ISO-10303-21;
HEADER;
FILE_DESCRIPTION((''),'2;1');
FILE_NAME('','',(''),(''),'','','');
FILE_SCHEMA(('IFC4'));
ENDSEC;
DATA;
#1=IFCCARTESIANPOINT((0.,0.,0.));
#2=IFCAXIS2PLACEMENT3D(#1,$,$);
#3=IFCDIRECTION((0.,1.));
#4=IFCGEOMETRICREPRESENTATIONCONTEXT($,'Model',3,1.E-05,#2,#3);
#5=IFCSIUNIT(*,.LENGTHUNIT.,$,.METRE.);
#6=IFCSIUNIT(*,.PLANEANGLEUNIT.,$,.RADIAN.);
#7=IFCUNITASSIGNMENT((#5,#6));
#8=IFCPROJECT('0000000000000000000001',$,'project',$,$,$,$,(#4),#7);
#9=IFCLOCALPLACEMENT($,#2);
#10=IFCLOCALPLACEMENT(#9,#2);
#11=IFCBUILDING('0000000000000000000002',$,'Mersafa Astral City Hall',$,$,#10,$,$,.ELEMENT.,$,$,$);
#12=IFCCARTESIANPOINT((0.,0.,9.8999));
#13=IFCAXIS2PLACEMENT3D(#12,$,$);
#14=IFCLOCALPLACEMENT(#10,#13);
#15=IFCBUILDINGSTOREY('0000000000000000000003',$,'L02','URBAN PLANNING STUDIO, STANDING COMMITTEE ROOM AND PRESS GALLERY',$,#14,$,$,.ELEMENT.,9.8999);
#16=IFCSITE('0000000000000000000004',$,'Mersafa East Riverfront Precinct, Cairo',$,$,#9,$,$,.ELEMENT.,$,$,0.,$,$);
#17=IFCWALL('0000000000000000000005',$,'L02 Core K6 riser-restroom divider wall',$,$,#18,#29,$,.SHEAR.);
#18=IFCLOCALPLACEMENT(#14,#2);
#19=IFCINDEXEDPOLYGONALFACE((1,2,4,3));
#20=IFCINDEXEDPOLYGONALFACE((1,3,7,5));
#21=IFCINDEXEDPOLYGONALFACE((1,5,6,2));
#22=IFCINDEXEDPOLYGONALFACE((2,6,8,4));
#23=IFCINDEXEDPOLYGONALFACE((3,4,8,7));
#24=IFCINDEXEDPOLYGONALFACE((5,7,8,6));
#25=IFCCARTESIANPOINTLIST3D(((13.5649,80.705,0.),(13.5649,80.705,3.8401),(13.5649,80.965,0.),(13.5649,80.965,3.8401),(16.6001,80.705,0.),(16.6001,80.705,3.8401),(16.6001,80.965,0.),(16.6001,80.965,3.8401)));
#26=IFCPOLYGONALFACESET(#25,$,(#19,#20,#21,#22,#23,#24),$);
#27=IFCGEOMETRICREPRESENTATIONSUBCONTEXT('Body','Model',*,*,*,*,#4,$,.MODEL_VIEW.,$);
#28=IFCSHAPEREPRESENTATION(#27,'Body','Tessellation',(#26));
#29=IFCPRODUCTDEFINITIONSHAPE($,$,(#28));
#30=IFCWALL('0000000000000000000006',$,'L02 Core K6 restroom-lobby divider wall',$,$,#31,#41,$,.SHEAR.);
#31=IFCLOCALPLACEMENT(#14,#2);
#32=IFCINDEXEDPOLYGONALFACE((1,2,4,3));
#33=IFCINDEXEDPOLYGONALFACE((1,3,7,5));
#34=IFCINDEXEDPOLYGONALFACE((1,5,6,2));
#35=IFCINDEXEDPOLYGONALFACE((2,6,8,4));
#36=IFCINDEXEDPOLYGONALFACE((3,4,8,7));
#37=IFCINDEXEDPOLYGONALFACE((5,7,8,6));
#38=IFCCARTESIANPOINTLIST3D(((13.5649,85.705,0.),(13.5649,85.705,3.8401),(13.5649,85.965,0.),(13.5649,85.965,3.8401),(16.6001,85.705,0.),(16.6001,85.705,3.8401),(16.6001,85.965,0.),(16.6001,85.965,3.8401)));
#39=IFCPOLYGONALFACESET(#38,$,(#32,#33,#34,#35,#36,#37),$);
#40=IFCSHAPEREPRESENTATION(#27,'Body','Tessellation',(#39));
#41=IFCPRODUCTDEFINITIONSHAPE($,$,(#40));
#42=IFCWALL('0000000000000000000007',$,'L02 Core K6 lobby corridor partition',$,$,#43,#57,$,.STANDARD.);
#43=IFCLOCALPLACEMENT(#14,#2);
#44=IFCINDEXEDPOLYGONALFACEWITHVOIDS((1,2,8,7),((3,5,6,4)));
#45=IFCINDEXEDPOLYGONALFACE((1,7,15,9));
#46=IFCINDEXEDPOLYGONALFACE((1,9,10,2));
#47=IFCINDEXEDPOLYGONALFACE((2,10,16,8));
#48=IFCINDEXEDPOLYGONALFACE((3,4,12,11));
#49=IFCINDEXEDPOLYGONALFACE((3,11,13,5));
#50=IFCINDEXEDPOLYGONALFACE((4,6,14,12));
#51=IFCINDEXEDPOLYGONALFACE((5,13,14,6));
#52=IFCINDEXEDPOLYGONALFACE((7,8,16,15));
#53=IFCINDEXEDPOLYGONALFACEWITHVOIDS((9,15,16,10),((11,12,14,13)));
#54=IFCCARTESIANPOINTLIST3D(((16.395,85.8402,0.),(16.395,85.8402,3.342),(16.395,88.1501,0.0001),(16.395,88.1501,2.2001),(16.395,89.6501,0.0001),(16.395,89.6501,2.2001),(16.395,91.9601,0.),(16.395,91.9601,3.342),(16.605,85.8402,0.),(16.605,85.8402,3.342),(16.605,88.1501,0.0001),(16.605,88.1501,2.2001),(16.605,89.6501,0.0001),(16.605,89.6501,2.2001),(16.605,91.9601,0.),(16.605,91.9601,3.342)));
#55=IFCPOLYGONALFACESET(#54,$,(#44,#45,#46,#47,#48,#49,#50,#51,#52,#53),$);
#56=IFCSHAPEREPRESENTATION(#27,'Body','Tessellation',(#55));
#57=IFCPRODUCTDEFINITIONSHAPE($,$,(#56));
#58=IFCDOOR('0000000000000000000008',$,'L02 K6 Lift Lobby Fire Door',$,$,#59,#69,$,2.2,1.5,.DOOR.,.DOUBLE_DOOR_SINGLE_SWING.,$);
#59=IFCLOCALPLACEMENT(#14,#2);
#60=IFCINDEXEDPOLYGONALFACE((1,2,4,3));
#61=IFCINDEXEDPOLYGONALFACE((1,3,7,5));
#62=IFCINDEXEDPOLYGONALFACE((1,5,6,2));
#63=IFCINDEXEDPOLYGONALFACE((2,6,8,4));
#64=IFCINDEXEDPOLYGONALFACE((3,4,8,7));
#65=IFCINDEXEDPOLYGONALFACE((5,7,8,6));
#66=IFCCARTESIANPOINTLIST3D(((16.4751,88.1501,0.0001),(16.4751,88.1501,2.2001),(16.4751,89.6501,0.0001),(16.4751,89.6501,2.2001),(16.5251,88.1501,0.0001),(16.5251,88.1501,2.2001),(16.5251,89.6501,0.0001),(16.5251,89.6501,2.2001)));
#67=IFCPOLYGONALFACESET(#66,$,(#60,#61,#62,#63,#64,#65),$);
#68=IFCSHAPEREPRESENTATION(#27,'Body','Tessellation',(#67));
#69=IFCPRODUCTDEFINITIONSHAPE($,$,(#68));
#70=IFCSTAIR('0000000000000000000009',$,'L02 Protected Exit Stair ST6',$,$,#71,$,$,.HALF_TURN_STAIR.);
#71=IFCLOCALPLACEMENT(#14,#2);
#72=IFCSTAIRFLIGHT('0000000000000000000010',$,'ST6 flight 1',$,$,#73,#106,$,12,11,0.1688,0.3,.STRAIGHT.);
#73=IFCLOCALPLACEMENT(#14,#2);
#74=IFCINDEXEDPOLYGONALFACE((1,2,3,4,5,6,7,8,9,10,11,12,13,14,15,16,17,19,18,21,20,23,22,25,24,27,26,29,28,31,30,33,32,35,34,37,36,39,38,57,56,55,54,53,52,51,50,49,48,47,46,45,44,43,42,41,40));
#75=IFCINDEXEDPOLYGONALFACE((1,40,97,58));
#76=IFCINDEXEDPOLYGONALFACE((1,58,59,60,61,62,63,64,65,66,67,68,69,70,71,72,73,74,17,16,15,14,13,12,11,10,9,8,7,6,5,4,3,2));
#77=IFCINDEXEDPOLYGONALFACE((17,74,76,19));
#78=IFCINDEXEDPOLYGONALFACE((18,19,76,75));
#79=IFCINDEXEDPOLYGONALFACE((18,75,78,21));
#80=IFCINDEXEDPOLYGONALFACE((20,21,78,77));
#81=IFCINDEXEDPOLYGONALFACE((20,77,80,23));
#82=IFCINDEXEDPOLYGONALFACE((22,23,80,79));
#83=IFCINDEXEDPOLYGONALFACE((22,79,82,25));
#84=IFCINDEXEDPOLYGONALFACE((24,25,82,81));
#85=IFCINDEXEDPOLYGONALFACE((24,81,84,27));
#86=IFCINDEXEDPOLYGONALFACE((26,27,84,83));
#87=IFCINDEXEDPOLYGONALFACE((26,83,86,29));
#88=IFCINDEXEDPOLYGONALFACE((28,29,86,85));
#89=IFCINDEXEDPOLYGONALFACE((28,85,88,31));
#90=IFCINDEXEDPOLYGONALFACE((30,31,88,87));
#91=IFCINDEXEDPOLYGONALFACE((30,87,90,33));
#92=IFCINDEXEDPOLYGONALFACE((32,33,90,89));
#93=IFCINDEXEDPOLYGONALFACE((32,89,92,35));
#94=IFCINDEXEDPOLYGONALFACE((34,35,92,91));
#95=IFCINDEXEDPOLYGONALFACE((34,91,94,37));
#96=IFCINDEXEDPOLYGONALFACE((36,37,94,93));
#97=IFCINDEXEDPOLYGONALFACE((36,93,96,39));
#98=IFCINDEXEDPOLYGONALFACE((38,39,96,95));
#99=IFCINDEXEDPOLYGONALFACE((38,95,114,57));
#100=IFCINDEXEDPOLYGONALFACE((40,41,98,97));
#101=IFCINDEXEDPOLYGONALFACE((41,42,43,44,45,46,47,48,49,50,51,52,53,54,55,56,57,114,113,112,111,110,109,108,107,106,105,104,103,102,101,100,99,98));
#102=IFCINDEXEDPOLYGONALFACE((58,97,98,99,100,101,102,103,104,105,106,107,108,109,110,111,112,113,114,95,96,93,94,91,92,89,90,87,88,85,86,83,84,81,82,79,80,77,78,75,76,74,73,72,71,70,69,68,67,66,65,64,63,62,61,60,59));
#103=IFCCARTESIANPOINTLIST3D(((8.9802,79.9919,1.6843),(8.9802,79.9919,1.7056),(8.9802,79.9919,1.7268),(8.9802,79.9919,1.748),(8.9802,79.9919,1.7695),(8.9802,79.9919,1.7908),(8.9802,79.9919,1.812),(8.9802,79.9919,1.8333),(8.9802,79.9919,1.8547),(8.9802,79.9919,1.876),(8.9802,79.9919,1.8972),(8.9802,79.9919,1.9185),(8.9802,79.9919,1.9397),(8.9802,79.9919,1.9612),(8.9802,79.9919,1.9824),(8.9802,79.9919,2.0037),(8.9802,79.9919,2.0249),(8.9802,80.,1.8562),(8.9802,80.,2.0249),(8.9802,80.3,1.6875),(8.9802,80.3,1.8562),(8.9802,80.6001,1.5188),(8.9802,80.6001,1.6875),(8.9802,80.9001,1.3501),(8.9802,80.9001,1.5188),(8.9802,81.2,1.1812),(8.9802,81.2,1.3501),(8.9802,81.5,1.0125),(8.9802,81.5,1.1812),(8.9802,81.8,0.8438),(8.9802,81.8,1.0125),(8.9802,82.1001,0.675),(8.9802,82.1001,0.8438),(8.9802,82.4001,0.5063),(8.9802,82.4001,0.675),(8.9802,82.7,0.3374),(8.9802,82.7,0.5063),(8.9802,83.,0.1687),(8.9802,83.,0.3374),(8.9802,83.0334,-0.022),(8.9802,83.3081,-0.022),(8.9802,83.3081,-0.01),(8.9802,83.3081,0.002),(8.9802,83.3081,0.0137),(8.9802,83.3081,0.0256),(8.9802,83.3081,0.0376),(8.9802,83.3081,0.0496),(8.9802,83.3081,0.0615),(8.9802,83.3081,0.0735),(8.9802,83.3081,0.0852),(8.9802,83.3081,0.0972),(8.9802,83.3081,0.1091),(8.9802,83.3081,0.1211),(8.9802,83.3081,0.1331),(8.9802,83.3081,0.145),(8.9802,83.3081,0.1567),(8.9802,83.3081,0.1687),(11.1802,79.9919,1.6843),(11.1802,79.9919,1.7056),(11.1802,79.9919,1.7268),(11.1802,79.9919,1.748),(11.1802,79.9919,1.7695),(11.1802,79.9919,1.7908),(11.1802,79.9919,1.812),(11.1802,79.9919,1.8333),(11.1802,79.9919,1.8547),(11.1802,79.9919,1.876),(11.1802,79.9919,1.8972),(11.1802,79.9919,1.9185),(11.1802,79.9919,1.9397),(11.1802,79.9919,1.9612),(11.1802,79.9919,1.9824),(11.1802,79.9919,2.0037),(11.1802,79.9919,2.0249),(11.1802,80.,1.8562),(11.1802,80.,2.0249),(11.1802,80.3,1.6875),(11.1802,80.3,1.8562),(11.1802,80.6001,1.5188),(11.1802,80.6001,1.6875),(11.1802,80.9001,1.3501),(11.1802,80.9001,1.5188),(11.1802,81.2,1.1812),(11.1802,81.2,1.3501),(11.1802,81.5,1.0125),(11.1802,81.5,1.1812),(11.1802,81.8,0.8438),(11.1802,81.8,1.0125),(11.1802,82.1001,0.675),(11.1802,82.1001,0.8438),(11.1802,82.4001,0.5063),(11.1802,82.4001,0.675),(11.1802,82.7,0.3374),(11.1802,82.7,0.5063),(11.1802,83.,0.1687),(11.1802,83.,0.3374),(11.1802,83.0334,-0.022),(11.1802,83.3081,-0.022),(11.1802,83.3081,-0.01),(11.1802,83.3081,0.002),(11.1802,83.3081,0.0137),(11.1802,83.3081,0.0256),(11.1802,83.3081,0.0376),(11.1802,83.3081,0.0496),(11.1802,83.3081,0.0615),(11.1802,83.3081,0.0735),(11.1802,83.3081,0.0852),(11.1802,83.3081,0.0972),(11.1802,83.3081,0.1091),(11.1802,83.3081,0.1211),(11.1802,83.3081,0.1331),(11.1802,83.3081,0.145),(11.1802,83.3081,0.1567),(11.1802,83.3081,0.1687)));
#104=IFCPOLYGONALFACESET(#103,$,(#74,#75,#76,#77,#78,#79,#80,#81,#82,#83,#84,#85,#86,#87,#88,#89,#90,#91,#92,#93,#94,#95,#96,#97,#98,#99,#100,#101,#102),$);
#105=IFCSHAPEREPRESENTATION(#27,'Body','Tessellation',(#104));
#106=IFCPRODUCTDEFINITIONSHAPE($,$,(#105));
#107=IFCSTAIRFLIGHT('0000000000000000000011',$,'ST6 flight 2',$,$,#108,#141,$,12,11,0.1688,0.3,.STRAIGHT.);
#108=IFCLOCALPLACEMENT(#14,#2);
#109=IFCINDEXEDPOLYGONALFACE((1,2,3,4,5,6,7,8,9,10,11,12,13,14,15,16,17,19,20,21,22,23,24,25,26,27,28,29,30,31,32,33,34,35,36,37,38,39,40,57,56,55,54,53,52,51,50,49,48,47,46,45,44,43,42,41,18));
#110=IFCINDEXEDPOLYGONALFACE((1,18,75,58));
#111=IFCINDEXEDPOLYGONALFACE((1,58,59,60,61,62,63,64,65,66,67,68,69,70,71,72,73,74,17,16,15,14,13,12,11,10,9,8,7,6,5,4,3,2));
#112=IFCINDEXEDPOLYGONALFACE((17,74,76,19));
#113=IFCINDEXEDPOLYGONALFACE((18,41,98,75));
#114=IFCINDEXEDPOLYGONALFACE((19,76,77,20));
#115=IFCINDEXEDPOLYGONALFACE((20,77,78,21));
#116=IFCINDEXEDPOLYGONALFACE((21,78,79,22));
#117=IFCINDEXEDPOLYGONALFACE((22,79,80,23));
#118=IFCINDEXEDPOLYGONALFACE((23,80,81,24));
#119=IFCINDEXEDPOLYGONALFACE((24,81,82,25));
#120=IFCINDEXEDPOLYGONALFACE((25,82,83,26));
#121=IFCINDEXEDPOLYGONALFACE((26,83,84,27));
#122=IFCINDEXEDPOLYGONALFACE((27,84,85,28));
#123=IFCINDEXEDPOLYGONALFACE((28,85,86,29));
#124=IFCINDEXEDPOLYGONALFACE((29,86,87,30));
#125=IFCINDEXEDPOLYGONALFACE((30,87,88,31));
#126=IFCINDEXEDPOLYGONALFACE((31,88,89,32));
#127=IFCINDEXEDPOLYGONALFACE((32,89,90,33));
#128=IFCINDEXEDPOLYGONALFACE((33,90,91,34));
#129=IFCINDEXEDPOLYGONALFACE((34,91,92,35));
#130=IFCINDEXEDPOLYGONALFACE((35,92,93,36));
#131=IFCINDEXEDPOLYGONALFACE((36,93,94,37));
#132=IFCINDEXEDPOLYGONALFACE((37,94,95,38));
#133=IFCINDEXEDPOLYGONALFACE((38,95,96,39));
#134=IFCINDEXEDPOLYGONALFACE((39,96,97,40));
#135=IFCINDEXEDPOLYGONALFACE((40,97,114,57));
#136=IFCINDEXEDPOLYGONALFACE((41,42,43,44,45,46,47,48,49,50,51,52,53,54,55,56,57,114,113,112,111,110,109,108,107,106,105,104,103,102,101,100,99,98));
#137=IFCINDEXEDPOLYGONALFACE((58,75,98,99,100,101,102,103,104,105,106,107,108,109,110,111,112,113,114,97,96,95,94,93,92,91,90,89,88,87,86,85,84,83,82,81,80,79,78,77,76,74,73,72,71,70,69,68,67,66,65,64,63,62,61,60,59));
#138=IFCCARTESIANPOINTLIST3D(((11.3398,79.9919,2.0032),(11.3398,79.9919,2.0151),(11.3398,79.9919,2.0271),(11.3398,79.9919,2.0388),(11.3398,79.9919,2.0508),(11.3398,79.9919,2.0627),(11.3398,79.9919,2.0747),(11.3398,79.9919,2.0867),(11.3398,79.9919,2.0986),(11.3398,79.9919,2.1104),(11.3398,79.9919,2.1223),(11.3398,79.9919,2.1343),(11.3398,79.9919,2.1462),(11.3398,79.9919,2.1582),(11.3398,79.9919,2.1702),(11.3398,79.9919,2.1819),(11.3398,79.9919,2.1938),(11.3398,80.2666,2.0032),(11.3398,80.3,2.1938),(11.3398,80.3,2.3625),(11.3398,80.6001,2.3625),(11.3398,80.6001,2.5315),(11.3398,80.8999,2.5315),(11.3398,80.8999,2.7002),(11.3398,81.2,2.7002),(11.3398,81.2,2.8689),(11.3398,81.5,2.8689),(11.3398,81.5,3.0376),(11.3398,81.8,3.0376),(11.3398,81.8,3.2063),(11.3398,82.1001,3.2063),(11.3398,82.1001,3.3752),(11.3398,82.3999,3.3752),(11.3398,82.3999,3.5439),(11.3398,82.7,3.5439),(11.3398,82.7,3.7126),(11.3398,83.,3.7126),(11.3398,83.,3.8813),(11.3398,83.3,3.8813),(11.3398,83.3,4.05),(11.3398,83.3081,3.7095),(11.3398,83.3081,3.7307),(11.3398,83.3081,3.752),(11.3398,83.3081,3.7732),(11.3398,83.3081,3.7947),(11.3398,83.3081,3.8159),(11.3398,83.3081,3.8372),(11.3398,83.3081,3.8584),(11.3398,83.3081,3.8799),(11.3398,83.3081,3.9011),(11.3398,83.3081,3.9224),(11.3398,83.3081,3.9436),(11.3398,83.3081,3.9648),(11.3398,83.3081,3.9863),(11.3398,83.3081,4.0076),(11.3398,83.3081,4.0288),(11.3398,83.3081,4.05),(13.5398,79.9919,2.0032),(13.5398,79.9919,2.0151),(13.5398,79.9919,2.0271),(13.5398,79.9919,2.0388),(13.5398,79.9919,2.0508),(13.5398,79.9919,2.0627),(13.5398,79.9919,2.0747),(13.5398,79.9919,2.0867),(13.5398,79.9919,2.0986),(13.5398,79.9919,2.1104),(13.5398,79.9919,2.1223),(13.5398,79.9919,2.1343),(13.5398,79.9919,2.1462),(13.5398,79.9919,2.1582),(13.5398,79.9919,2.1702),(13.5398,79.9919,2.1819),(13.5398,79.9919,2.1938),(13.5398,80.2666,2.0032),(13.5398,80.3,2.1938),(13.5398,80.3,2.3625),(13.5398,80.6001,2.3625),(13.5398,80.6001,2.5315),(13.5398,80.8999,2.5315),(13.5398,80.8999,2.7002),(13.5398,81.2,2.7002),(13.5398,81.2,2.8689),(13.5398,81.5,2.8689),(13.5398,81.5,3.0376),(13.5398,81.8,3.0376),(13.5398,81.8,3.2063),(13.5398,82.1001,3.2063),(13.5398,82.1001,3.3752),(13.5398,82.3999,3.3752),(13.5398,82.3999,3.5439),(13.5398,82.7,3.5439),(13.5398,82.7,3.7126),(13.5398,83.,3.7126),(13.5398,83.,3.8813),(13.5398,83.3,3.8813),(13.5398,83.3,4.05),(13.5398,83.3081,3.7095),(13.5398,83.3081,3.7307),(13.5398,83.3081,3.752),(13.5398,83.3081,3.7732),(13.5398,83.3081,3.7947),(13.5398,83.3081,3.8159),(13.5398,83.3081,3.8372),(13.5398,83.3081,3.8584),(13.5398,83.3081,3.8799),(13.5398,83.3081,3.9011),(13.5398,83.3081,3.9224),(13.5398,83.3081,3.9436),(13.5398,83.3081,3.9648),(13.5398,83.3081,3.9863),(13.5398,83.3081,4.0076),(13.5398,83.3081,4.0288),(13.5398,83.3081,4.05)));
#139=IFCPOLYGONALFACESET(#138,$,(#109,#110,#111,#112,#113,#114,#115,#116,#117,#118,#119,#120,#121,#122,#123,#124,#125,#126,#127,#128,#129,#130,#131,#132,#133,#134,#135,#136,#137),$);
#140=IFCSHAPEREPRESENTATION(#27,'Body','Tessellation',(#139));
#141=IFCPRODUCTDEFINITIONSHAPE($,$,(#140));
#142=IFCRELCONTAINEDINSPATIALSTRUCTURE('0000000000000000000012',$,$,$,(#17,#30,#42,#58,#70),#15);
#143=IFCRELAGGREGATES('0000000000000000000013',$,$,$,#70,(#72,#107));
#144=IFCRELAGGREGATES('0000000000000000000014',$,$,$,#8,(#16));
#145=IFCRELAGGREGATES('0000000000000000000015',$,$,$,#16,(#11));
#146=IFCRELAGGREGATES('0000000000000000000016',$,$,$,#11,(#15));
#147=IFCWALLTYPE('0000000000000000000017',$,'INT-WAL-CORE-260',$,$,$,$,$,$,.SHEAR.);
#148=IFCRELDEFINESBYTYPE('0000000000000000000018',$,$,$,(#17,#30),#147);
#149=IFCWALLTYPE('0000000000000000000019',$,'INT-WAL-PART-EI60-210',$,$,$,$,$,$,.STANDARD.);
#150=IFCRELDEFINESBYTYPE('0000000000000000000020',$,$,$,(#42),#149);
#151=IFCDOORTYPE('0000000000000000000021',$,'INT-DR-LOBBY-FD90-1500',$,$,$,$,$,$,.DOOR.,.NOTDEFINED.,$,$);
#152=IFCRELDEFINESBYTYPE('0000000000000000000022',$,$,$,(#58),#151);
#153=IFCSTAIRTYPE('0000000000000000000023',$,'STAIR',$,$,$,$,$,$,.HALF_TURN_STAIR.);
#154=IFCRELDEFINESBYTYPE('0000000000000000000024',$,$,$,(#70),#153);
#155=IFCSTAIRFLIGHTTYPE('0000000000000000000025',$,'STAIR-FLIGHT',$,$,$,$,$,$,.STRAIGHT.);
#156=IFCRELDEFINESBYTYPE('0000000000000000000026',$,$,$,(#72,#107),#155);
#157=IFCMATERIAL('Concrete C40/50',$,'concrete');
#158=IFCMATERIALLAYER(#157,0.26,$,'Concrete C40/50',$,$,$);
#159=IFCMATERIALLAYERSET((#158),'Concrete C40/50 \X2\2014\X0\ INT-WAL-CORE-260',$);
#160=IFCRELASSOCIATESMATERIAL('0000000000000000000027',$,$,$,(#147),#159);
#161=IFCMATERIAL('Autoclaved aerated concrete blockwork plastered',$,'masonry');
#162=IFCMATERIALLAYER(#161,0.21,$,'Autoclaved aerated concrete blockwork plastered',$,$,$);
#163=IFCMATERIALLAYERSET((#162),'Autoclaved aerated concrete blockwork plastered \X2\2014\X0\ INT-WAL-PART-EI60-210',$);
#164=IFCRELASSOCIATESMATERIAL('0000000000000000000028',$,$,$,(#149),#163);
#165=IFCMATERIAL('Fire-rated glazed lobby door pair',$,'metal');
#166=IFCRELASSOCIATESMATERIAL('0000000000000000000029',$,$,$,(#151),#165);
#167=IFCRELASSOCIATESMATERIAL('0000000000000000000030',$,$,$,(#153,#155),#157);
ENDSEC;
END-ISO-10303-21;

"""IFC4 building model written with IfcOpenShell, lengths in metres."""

from ifc_helpers import new_model, si_unit, direction, frame, frame_2d, origin, place, context, subcontext, project, spatial, polyline, rectangle, outline, extrude, material, layer, layer_set, type_object, element, fill, aggregate, save


model = new_model("IFC4")

# Units and contexts
model_context = context("Model", 3, precision=1e-05, world=origin(), true_north=direction((0.0, 1.0)))
body_context = subcontext(model_context, "Body", "Model", "MODEL_VIEW")
ifc_project = project(units=[si_unit("LENGTHUNIT", "METRE"), si_unit("PLANEANGLEUNIT", "RADIAN")], contexts=[model_context])

# Site, building, storey
site_placement = place(None, origin())
site = spatial("IfcSite", under=ifc_project, at=site_placement, Name="Mersafa East Riverfront Precinct, Cairo", CompositionType="ELEMENT", RefElevation=0.0)
building_placement = place(site_placement, origin())
building = spatial("IfcBuilding", under=site, at=building_placement, Name="Mersafa Astral City Hall", CompositionType="ELEMENT")
storey_placement = place(building_placement, frame((0.0, 0.0, 9.8999)))
storey = spatial("IfcBuildingStorey", under=building, at=storey_placement, Name="L02", Description="URBAN PLANNING STUDIO, STANDING COMMITTEE ROOM AND PRESS GALLERY", CompositionType="ELEMENT", Elevation=9.8999)

# Shared definitions
ifc_material_1 = material(Name="Concrete C40/50", Category="concrete")
ifc_layer_1 = layer(ifc_material_1, 0.26, Name="Concrete C40/50")
ifc_layer_set_1 = layer_set([ifc_layer_1], Name="Concrete C40/50 — INT-WAL-CORE-260")
wall_type_1 = type_object("IfcWallType", Name="INT-WAL-CORE-260", PredefinedType="SHEAR", material=ifc_layer_set_1)

# Walls
for number, where, z_axis, x_axis, name in (
    (1, (13.5649, 80.835, 0.0), (0.0, 0.0, 1.0), (1.0, 0.0, 0.0), "L02 Core K6 riser-restroom divider wall"),
    (2, (13.5649, 85.835, 0.0), (0.0, 0.0, 1.0), (1.0, 0.0, 0.0), "L02 Core K6 restroom-lobby divider wall"),
):
    element("IfcWall", number, at=place(storey_placement, frame(where, z_axis=z_axis, x_axis=x_axis)), inside=storey, type_object=wall_type_1, Name=name, PredefinedType="SHEAR", context=body_context, shape_type="SweptSolid", body=[
        extrude(rectangle(XDim=3.0352, YDim=0.26, at=frame_2d((1.5176, 0.0))), origin(), (0.0, 0.0, 1.0), 3.8401),
    ])

# Wall, opening, door
ifc_material_2 = material(Name="Autoclaved aerated concrete blockwork plastered", Category="masonry")
ifc_layer_2 = layer(ifc_material_2, 0.21, Name="Autoclaved aerated concrete blockwork plastered")
ifc_layer_set_2 = layer_set([ifc_layer_2], Name="Autoclaved aerated concrete blockwork plastered — INT-WAL-PART-EI60-210")
wall_type_2 = type_object("IfcWallType", Name="INT-WAL-PART-EI60-210", PredefinedType="STANDARD", material=ifc_layer_set_2)
wall_1_placement = place(storey_placement, frame((16.5, 85.8401, 0.0), z_axis=(0.0, 0.0, 1.0), x_axis=(0.0, 1.0, 0.0)))
wall_1 = element("IfcWall", 3, at=wall_1_placement, inside=storey, type_object=wall_type_2, Name="L02 Core K6 lobby corridor partition", PredefinedType="STANDARD", context=body_context, shape_type="SweptSolid", body=[
    extrude(rectangle(XDim=6.1199, YDim=0.21, at=frame_2d((3.0601, 0.0))), origin(), (0.0, 0.0, 1.0), 3.342),
])
opening_1_placement = place(wall_1_placement, frame((2.3101, 0.0, 0.0)))
opening_1 = element("IfcOpeningElement", 4, at=opening_1_placement, cuts=wall_1, PredefinedType="OPENING", context=body_context, shape_type="SweptSolid", body=[
    extrude(rectangle(XDim=1.5, YDim=2.2, at=frame_2d((0.75, 1.1001))), frame((0.0, 0.115, 0.0), z_axis=(0.0, -1.0, 0.0), x_axis=(1.0, 0.0, 0.0)), (0.0, 0.0, 1.0), 0.23),
])
ifc_material_3 = material(Name="Fire-rated glazed lobby door pair", Category="metal")
door_type_1 = type_object("IfcDoorType", Name="INT-DR-LOBBY-FD90-1500", OperationType="NOTDEFINED", PredefinedType="DOOR", material=ifc_material_3)
door_1_placement = place(opening_1_placement, origin())
door_1 = element("IfcDoor", 5, at=door_1_placement, inside=storey, type_object=door_type_1, Name="L02 K6 Lift Lobby Fire Door", OperationType="DOUBLE_DOOR_SINGLE_SWING", OverallHeight=2.2, OverallWidth=1.5, PredefinedType="DOOR", context=body_context, shape_type="SweptSolid", body=[
    extrude(rectangle(XDim=1.5, YDim=2.2, at=frame_2d((0.75, 1.1001))), frame((0.0, 0.0249, 0.0), z_axis=(0.0, -1.0, 0.0), x_axis=(1.0, 0.0, 0.0)), (0.0, 0.0, 1.0), 0.05),
])
fill(opening_1, door_1)

# Stair, stair flights
stair_type = type_object("IfcStairType", Name="STAIR", PredefinedType="HALF_TURN_STAIR", material=ifc_material_1)
stair_placement = place(storey_placement, origin())
stair = element("IfcStair", 6, at=stair_placement, inside=storey, type_object=stair_type, Name="L02 Protected Exit Stair ST6", PredefinedType="HALF_TURN_STAIR")
stair_flight_type = type_object("IfcStairFlightType", Name="STAIR-FLIGHT", PredefinedType="STRAIGHT", material=ifc_material_1)
stair_flight_1_placement = place(storey_placement, frame((10.0801, 83.3, 0.0), z_axis=(0.0, 0.0, 1.0), x_axis=(0.0, -1.0, 0.0)))
stair_flight_1 = element("IfcStairFlight", 7, at=stair_flight_1_placement, type_object=stair_flight_type, Name="ST6 flight 1", NumberOfRisers=12, NumberOfTreads=11, PredefinedType="STRAIGHT", RiserHeight=0.1688, TreadLength=0.3, context=body_context, shape_type="SweptSolid", body=[
    extrude(outline(polyline([(-0.0081, -0.022), (-0.0081, -0.01), (-0.0081, 0.002), (-0.0081, 0.0137), (-0.0081, 0.0256), (-0.0081, 0.0376), (-0.0081, 0.0496), (-0.0081, 0.0615), (-0.0081, 0.0735), (-0.0081, 0.0852), (-0.0081, 0.0972), (-0.0081, 0.1091), (-0.0081, 0.1211), (-0.0081, 0.1331), (-0.0081, 0.145), (-0.0081, 0.1567), (-0.0081, 0.1687), (0.3, 0.1687), (0.3, 0.3374), (0.6001, 0.3374), (0.6001, 0.5063), (0.8999, 0.5063), (0.8999, 0.675), (1.2, 0.675), (1.2, 0.8438), (1.5, 0.8438), (1.5, 1.0125), (1.8, 1.0125), (1.8, 1.1812), (2.1001, 1.1812), (2.1001, 1.3501), (2.3999, 1.3501), (2.3999, 1.5188), (2.7, 1.5188), (2.7, 1.6875), (3.0, 1.6875), (3.0, 1.8562), (3.3, 1.8562), (3.3, 2.0249), (3.3081, 2.0249), (3.3081, 2.0037), (3.3081, 1.9824), (3.3081, 1.9612), (3.3081, 1.9397), (3.3081, 1.9185), (3.3081, 1.8972), (3.3081, 1.876), (3.3081, 1.8547), (3.3081, 1.8333), (3.3081, 1.812), (3.3081, 1.7908), (3.3081, 1.7695), (3.3081, 1.748), (3.3081, 1.7268), (3.3081, 1.7056), (3.3081, 1.6843), (0.2666, -0.022), (-0.0081, -0.022)])), frame((0.0, 1.1001, 0.0), z_axis=(0.0, -1.0, 0.0), x_axis=(1.0, 0.0, 0.0)), (0.0, 0.0, 1.0), 2.2),
])
stair_flight_2_placement = place(storey_placement, frame((12.4399, 80.0, 2.0251), z_axis=(0.0, 0.0, 1.0), x_axis=(0.0, 1.0, 0.0)))
stair_flight_2 = element("IfcStairFlight", 8, at=stair_flight_2_placement, type_object=stair_flight_type, Name="ST6 flight 2", NumberOfRisers=12, NumberOfTreads=11, PredefinedType="STRAIGHT", RiserHeight=0.1688, TreadLength=0.3, context=body_context, shape_type="SweptSolid", body=[
    extrude(outline(polyline([(-0.0081, -0.022), (-0.0081, -0.01), (-0.0081, 0.002), (-0.0081, 0.0137), (-0.0081, 0.0256), (-0.0081, 0.0376), (-0.0081, 0.0496), (-0.0081, 0.0615), (-0.0081, 0.0735), (-0.0081, 0.0852), (-0.0081, 0.0972), (-0.0081, 0.1091), (-0.0081, 0.1211), (-0.0081, 0.1331), (-0.0081, 0.145), (-0.0081, 0.1567), (-0.0081, 0.1687), (0.3, 0.1687), (0.3, 0.3374), (0.6001, 0.3374), (0.6001, 0.5063), (0.8999, 0.5063), (0.8999, 0.675), (1.2, 0.675), (1.2, 0.8438), (1.5, 0.8438), (1.5, 1.0125), (1.8, 1.0125), (1.8, 1.1812), (2.1001, 1.1812), (2.1001, 1.3501), (2.3999, 1.3501), (2.3999, 1.5188), (2.7, 1.5188), (2.7, 1.6875), (3.0, 1.6875), (3.0, 1.8562), (3.3, 1.8562), (3.3, 2.0249), (3.3081, 2.0249), (3.3081, 2.0037), (3.3081, 1.9824), (3.3081, 1.9612), (3.3081, 1.9397), (3.3081, 1.9185), (3.3081, 1.8972), (3.3081, 1.876), (3.3081, 1.8547), (3.3081, 1.8333), (3.3081, 1.812), (3.3081, 1.7908), (3.3081, 1.7695), (3.3081, 1.748), (3.3081, 1.7268), (3.3081, 1.7056), (3.3081, 1.6843), (0.2666, -0.022), (-0.0081, -0.022)])), frame((0.0, 1.1001, 0.0), z_axis=(0.0, -1.0, 0.0), x_axis=(1.0, 0.0, 0.0)), (0.0, 0.0, 1.0), 2.2),
])
aggregate(stair, [stair_flight_1, stair_flight_2])

save(model, "model.ifc")
